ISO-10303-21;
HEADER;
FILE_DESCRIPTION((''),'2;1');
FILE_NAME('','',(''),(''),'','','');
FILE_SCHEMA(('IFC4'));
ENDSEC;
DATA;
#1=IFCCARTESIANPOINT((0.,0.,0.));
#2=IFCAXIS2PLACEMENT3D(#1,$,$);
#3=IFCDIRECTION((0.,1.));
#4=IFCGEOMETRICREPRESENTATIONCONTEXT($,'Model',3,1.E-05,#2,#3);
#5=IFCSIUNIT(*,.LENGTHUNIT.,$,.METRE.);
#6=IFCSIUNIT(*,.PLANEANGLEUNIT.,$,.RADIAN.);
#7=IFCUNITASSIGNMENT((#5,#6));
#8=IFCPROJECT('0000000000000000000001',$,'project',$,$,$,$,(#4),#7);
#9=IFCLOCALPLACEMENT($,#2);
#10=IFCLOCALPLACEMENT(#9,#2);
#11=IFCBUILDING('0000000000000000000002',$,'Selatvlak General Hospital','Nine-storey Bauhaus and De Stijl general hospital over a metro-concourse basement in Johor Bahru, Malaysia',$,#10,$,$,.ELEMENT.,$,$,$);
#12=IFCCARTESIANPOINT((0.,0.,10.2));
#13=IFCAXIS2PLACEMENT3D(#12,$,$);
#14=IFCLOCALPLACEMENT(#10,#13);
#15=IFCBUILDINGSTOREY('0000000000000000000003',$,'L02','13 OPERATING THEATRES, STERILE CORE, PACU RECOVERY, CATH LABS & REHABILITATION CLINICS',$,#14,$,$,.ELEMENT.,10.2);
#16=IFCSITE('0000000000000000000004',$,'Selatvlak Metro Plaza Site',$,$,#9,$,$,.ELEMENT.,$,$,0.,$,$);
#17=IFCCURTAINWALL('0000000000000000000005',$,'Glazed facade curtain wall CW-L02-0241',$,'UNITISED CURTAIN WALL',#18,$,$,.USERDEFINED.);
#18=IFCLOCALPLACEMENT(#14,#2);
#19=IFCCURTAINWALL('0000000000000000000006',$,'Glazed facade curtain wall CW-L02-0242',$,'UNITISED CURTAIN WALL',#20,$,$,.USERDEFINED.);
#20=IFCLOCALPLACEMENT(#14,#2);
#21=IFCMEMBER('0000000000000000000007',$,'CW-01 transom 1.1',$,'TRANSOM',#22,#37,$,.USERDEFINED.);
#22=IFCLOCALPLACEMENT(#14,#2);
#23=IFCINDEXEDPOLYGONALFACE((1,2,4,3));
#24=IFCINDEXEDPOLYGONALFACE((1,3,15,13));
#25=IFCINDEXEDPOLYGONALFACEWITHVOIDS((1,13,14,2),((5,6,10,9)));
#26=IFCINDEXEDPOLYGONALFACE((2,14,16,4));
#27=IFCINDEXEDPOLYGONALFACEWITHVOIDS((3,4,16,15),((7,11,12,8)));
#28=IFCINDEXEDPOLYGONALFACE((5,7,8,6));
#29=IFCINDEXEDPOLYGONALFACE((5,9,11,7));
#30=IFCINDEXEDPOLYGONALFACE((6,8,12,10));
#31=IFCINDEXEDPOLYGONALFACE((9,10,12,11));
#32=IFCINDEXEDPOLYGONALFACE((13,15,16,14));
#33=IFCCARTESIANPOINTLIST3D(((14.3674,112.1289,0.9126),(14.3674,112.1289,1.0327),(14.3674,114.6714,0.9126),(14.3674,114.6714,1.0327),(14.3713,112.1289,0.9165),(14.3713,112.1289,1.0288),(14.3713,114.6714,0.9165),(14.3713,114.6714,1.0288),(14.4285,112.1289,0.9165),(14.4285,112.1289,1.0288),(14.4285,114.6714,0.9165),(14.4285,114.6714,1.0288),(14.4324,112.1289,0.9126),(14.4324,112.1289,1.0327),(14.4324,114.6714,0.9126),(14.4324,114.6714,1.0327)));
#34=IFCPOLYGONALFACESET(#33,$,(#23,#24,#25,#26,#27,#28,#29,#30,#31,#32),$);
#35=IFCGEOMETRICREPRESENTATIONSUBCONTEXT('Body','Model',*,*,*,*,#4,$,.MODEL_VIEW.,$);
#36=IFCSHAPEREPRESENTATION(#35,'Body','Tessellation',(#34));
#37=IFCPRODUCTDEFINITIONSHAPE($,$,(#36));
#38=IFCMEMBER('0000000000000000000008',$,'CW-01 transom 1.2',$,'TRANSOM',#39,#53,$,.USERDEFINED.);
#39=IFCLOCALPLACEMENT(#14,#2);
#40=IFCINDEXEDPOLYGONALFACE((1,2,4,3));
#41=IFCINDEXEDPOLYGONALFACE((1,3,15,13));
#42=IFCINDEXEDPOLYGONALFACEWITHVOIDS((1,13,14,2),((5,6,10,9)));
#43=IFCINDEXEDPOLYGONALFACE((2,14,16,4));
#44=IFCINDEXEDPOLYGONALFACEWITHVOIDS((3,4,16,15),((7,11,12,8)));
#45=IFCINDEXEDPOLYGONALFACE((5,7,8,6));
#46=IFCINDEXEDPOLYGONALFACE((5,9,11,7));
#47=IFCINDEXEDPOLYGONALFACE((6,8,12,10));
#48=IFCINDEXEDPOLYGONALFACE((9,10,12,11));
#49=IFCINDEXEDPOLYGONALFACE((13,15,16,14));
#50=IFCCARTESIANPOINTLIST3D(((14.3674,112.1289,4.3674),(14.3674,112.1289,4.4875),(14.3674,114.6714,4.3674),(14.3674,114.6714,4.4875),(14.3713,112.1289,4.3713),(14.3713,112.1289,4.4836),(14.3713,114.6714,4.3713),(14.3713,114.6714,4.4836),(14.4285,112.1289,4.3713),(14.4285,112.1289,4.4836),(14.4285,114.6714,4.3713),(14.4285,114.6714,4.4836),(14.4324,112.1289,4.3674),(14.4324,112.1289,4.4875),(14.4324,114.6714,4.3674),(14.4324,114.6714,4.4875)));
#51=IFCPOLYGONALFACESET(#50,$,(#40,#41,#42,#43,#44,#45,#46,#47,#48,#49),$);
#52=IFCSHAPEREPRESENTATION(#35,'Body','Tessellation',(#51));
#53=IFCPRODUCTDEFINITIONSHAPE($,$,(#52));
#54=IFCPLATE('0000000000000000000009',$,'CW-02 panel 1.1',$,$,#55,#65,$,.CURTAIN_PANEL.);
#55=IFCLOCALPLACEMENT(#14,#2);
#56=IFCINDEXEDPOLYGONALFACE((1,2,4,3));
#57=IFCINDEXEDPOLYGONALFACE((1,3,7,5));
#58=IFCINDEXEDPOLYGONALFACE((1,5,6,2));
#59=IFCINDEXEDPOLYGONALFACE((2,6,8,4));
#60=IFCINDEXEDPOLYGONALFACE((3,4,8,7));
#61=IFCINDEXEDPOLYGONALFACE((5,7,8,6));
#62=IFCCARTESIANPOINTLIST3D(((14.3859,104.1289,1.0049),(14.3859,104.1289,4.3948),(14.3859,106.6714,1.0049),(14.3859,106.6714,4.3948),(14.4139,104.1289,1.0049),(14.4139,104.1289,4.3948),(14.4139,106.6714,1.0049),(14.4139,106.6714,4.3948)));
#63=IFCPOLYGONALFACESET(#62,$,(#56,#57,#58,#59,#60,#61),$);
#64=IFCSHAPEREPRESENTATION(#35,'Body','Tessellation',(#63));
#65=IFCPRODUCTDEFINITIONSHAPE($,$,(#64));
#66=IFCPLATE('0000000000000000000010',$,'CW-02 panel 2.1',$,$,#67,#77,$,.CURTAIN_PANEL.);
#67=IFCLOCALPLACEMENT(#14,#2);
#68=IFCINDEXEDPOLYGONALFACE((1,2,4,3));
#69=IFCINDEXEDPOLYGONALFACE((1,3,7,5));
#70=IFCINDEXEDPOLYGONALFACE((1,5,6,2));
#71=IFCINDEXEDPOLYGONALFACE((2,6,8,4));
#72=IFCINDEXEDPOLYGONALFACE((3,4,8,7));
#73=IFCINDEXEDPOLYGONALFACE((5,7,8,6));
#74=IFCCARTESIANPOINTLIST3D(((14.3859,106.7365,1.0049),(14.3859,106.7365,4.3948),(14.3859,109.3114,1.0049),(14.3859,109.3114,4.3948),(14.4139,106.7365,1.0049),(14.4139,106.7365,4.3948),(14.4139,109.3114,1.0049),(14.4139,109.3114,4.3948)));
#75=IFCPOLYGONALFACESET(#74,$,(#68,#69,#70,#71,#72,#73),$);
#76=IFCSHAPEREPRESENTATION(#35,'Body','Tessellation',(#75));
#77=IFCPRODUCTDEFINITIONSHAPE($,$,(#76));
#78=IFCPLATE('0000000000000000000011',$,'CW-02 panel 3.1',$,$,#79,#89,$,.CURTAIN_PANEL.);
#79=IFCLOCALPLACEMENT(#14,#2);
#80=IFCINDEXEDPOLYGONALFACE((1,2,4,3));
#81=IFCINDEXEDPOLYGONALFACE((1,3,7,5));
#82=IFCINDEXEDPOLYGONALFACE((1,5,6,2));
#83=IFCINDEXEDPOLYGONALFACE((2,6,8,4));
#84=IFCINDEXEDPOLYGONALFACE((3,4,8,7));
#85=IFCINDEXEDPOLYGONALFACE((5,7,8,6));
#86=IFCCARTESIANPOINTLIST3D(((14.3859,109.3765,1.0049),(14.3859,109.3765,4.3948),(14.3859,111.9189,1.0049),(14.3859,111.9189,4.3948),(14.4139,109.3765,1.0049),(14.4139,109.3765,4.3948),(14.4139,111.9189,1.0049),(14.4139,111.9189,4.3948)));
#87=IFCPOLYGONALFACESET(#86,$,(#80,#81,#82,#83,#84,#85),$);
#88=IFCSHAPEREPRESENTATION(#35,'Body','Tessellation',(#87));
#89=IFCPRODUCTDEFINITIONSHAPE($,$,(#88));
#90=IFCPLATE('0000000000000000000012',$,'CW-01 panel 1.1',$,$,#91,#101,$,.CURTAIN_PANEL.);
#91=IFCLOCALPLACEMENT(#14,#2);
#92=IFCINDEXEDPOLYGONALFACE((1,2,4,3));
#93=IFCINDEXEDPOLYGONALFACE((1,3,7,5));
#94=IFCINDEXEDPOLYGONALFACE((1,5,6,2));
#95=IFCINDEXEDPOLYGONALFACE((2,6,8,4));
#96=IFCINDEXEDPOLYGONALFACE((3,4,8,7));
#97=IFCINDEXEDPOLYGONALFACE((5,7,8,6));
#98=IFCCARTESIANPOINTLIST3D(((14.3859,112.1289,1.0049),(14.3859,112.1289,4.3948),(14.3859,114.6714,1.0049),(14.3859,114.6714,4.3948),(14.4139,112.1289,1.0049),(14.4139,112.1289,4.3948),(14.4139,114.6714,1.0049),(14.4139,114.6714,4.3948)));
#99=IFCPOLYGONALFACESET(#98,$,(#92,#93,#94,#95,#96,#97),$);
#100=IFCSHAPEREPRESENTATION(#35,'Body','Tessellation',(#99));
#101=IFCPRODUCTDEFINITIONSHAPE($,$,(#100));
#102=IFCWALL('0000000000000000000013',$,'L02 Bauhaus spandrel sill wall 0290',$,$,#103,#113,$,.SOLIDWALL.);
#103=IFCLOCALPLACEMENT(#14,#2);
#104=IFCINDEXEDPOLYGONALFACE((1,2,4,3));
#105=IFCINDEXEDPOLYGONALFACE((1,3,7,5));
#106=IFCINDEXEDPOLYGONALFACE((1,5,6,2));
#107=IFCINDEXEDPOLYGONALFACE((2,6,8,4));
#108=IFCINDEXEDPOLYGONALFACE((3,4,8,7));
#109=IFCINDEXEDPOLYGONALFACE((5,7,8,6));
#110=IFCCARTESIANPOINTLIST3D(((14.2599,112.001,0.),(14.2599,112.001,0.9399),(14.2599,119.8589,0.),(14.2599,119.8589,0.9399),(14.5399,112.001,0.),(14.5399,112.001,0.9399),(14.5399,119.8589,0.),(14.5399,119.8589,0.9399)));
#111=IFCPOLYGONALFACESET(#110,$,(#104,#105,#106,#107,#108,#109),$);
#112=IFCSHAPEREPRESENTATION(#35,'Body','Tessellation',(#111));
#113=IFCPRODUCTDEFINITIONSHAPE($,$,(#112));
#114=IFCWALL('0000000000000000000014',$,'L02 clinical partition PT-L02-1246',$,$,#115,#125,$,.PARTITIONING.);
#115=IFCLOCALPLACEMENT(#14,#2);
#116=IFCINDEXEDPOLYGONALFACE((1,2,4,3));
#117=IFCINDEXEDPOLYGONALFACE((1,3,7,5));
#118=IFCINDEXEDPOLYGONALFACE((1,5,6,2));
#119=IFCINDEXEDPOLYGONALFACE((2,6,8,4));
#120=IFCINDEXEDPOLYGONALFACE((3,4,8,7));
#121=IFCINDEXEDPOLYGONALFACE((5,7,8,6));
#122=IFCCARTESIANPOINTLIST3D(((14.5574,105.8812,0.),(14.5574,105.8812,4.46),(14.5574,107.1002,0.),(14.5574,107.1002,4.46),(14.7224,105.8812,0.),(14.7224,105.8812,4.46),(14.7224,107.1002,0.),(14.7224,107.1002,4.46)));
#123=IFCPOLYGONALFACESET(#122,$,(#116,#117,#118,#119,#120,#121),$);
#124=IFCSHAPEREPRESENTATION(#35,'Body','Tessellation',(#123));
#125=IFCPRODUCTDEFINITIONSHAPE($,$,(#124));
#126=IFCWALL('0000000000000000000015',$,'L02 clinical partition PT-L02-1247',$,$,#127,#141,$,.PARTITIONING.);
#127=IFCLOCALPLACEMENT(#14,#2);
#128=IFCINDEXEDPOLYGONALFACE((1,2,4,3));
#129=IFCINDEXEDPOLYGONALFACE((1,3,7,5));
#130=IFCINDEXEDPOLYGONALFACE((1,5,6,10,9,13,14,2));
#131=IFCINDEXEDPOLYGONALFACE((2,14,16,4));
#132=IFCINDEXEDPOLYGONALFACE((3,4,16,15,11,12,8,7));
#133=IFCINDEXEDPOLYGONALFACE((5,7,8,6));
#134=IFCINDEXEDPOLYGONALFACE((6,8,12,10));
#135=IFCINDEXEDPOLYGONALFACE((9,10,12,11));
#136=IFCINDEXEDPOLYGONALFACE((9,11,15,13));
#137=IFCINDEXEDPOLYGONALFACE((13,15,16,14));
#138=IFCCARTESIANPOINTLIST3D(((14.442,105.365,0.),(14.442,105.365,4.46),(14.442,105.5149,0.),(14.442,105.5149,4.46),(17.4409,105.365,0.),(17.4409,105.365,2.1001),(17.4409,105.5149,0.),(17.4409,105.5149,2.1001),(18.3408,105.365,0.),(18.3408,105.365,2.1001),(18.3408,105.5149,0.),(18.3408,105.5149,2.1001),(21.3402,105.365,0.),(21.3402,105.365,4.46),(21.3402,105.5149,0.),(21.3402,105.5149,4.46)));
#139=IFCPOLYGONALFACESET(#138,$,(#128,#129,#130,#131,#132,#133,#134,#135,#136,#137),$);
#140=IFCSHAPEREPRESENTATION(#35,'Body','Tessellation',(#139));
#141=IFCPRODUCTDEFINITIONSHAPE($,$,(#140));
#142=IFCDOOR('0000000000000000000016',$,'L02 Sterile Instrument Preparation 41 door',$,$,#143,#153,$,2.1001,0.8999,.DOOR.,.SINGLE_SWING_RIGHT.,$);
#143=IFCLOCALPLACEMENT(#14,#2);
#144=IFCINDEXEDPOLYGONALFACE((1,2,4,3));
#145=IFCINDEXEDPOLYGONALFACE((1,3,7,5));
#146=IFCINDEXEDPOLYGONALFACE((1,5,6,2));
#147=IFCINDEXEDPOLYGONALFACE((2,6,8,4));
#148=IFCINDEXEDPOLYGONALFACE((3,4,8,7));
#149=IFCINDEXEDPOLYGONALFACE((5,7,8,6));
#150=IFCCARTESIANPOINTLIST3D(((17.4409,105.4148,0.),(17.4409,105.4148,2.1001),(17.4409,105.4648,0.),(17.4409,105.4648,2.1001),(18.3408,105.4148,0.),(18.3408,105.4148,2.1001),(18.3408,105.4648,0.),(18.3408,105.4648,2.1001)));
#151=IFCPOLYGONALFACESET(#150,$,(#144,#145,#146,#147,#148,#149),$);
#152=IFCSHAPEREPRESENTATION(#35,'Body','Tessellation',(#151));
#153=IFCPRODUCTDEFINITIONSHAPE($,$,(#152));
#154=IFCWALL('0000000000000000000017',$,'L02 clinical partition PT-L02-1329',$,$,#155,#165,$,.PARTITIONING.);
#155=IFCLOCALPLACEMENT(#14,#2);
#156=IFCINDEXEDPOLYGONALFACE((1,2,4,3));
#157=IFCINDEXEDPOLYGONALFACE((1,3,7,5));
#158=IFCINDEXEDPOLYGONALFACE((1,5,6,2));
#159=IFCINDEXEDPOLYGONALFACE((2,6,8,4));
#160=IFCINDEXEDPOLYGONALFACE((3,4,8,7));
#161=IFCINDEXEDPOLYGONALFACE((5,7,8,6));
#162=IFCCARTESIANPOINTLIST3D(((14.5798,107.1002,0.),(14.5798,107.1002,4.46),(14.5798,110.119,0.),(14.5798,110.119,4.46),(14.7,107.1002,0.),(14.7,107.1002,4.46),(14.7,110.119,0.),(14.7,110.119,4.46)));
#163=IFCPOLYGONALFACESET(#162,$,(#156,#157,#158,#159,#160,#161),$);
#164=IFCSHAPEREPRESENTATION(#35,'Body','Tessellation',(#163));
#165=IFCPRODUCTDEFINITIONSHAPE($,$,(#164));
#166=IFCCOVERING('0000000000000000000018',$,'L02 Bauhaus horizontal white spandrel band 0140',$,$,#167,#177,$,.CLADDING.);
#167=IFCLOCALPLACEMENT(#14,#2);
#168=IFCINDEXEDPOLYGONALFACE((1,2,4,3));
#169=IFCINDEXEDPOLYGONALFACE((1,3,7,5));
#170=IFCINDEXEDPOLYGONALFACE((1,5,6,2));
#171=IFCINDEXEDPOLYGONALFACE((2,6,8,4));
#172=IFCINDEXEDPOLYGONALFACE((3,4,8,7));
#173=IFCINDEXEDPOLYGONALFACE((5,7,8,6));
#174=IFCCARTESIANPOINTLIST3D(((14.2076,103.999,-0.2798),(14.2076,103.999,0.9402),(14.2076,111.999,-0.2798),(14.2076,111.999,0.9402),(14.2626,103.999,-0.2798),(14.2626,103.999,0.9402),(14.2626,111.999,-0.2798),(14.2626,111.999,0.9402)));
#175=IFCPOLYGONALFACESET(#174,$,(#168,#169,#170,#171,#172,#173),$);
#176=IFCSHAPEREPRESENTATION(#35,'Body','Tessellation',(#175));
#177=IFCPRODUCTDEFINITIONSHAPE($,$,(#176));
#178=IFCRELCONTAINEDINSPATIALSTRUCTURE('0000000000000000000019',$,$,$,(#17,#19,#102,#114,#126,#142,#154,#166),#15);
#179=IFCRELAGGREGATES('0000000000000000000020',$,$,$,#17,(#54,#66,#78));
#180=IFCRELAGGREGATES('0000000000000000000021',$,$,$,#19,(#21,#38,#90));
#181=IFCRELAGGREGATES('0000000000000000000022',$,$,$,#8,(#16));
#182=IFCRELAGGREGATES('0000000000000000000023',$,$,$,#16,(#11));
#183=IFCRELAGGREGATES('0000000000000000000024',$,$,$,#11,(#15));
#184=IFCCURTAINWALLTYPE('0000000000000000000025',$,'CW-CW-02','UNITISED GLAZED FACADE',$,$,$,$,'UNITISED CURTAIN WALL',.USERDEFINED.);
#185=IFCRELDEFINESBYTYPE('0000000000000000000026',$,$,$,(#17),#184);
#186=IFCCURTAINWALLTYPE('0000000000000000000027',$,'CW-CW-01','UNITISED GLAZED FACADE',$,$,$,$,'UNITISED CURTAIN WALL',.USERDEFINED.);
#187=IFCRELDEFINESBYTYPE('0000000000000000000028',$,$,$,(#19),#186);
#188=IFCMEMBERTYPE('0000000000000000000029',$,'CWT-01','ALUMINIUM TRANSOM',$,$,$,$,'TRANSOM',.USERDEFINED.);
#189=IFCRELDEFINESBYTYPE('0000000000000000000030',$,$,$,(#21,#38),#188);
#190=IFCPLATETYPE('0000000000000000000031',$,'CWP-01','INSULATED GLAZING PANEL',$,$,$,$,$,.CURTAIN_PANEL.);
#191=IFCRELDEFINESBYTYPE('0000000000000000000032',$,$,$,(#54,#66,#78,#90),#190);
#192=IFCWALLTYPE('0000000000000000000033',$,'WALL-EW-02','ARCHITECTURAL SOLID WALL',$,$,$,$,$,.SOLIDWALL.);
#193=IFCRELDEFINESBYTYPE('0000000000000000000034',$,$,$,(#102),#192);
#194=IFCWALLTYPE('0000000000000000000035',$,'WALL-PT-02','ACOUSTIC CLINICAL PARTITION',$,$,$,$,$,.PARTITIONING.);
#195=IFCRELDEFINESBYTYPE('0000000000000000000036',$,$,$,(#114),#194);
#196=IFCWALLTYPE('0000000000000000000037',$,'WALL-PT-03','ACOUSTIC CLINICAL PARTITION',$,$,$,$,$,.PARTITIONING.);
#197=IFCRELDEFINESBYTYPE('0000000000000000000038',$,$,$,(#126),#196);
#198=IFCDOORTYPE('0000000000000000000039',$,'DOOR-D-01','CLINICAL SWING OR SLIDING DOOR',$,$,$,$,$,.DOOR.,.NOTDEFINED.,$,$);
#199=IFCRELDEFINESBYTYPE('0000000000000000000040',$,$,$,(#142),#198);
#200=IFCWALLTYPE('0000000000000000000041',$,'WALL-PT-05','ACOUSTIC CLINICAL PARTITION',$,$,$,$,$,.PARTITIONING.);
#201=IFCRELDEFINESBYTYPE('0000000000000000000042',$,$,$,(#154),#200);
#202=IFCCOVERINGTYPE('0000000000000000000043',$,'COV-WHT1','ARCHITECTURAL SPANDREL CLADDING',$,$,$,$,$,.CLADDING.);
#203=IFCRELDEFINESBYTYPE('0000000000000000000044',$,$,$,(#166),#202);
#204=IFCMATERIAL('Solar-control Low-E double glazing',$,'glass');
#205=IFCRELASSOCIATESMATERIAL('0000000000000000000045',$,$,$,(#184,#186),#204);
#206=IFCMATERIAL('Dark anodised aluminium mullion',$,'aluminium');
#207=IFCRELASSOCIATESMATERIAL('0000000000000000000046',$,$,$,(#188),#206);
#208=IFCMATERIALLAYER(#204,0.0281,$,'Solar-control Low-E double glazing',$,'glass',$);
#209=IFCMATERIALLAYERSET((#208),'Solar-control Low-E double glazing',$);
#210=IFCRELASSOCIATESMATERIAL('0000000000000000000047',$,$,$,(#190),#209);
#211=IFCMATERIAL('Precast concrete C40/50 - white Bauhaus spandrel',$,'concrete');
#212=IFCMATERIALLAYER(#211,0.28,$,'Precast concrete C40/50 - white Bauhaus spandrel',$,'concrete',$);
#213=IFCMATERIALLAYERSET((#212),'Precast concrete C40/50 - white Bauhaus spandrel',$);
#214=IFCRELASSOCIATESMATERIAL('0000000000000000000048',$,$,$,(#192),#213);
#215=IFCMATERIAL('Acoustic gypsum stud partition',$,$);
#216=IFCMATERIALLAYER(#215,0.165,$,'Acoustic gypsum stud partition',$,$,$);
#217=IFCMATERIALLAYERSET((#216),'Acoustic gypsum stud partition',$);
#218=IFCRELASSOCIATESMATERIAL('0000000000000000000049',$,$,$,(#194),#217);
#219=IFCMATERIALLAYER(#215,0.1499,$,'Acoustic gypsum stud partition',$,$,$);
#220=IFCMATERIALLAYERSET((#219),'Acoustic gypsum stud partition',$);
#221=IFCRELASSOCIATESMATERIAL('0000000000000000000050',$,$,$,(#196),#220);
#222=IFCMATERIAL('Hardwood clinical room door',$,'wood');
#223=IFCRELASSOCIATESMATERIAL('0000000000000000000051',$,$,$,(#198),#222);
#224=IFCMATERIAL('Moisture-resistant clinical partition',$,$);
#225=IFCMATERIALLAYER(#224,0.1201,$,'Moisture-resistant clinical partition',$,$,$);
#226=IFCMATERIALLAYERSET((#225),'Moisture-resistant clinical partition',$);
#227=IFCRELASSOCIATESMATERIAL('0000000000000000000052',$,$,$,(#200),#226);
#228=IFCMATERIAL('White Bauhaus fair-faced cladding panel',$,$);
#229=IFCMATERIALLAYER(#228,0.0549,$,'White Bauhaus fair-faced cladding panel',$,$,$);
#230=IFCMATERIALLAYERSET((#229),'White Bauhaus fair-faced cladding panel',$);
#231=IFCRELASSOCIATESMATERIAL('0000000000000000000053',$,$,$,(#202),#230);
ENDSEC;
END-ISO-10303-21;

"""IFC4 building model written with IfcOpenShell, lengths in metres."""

from ifc_helpers import new_model, si_unit, direction, frame, frame_2d, origin, origin_2d, place, context, subcontext, project, spatial, rectangle, hollow_rectangle, extrude, material, layer, layer_set, material_profile, profile_set, type_object, element, fill, aggregate, save


model = new_model("IFC4")

# Units and contexts
model_context = context("Model", 3, precision=1e-05, world=origin(), true_north=direction((0.0, 1.0)))
body_context = subcontext(model_context, "Body", "Model", "MODEL_VIEW")
ifc_project = project(units=[si_unit("LENGTHUNIT", "METRE"), si_unit("PLANEANGLEUNIT", "RADIAN")], contexts=[model_context])

# Site, building, storey
site_placement = place(None, origin())
site = spatial("IfcSite", under=ifc_project, at=site_placement, Name="Selatvlak Metro Plaza Site", CompositionType="ELEMENT", RefElevation=0.0)
building_placement = place(site_placement, origin())
building = spatial("IfcBuilding", under=site, at=building_placement, Name="Selatvlak General Hospital", Description="Nine-storey Bauhaus and De Stijl general hospital over a metro-concourse basement in Johor Bahru, Malaysia", CompositionType="ELEMENT")
storey_placement = place(building_placement, frame((0.0, 0.0, 10.2)))
storey = spatial("IfcBuildingStorey", under=building, at=storey_placement, Name="L02", Description="13 OPERATING THEATRES, STERILE CORE, PACU RECOVERY, CATH LABS & REHABILITATION CLINICS", CompositionType="ELEMENT", Elevation=10.2)

# Curtain walls
ifc_material_1 = material(Name="Solar-control Low-E double glazing", Category="glass")
curtain_wall_type_1 = type_object("IfcCurtainWallType", Name="CW-CW-02", Description="UNITISED GLAZED FACADE", ElementType="UNITISED CURTAIN WALL", PredefinedType="USERDEFINED", material=ifc_material_1)
curtain_wall_1_placement = place(storey_placement, origin())
curtain_wall_1 = element("IfcCurtainWall", 1, at=curtain_wall_1_placement, inside=storey, type_object=curtain_wall_type_1, Name="Glazed facade curtain wall CW-L02-0241", ObjectType="UNITISED CURTAIN WALL", PredefinedType="USERDEFINED")
ifc_material_2 = material(Name="Dark anodised aluminium mullion", Category="aluminium")
curtain_wall_type_2 = type_object("IfcCurtainWallType", Name="CW-CW-01", Description="UNITISED GLAZED FACADE", ElementType="UNITISED CURTAIN WALL", PredefinedType="USERDEFINED", material=ifc_material_1)
curtain_wall_2_placement = place(storey_placement, origin())
curtain_wall_2 = element("IfcCurtainWall", 2, at=curtain_wall_2_placement, inside=storey, type_object=curtain_wall_type_2, Name="Glazed facade curtain wall CW-L02-0242", ObjectType="UNITISED CURTAIN WALL", PredefinedType="USERDEFINED")

# Members
ifc_material_profile_1 = material_profile(ifc_material_2, hollow_rectangle(XDim=0.0649, YDim=0.1201, WallThickness=0.0039, at=origin_2d()), Name="AL-TRN 65x120x4")
ifc_profile_set_1 = profile_set([ifc_material_profile_1], Name="Dark anodised aluminium mullion")
member_type_1 = type_object("IfcMemberType", Name="CWT-01", Description="ALUMINIUM TRANSOM", ElementType="TRANSOM", PredefinedType="USERDEFINED", material=ifc_profile_set_1)
member_1_placement = place(storey_placement, frame((14.3999, 112.1289, 0.9727), z_axis=(0.0, 1.0, 0.0), x_axis=(-1.0, 0.0, 0.0)))
member_1 = element("IfcMember", 3, at=member_1_placement, type_object=member_type_1, Name="CW-01 transom 1.1", ObjectType="TRANSOM", PredefinedType="USERDEFINED", context=body_context, shape_type="SweptSolid", body=[
    extrude(hollow_rectangle(XDim=0.0649, YDim=0.1201, WallThickness=0.0039, at=origin_2d()), origin(), (0.0, 0.0, 1.0), 2.5425),
])
member_2_placement = place(storey_placement, frame((14.3999, 112.1289, 4.4275), z_axis=(0.0, 1.0, 0.0), x_axis=(-1.0, 0.0, 0.0)))
member_2 = element("IfcMember", 4, at=member_2_placement, type_object=member_type_1, Name="CW-01 transom 1.2", ObjectType="TRANSOM", PredefinedType="USERDEFINED", context=body_context, shape_type="SweptSolid", body=[
    extrude(hollow_rectangle(XDim=0.0649, YDim=0.1201, WallThickness=0.0039, at=origin_2d()), origin(), (0.0, 0.0, 1.0), 2.5425),
])

# Plates
ifc_layer_1 = layer(ifc_material_1, 0.0281, Name="Solar-control Low-E double glazing", Category="glass")
ifc_layer_set_1 = layer_set([ifc_layer_1], Name="Solar-control Low-E double glazing")
plate_type = type_object("IfcPlateType", Name="CWP-01", Description="INSULATED GLAZING PANEL", PredefinedType="CURTAIN_PANEL", material=ifc_layer_set_1)
plate_1_placement = place(storey_placement, frame((14.3999, 105.4001, 1.0049), z_axis=(0.0, 0.0, 1.0), x_axis=(0.0, 1.0, 0.0)))
plate_1 = element("IfcPlate", 5, at=plate_1_placement, type_object=plate_type, Name="CW-02 panel 1.1", PredefinedType="CURTAIN_PANEL", context=body_context, shape_type="SweptSolid", body=[
    extrude(rectangle(XDim=2.5425, YDim=0.0281, at=origin_2d()), origin(), (0.0, 0.0, 1.0), 3.3899),
])
plate_2_placement = place(storey_placement, frame((14.3999, 108.0239, 1.0049), z_axis=(0.0, 0.0, 1.0), x_axis=(0.0, 1.0, 0.0)))
plate_2 = element("IfcPlate", 6, at=plate_2_placement, type_object=plate_type, Name="CW-02 panel 2.1", PredefinedType="CURTAIN_PANEL", context=body_context, shape_type="SweptSolid", body=[
    extrude(rectangle(XDim=2.575, YDim=0.0281, at=origin_2d()), origin(), (0.0, 0.0, 1.0), 3.3899),
])
plate_3_placement = place(storey_placement, frame((14.3999, 110.6477, 1.0049), z_axis=(0.0, 0.0, 1.0), x_axis=(0.0, 1.0, 0.0)))
plate_3 = element("IfcPlate", 7, at=plate_3_placement, type_object=plate_type, Name="CW-02 panel 3.1", PredefinedType="CURTAIN_PANEL", context=body_context, shape_type="SweptSolid", body=[
    extrude(rectangle(XDim=2.5425, YDim=0.0281, at=origin_2d()), origin(), (0.0, 0.0, 1.0), 3.3899),
])
aggregate(curtain_wall_1, [plate_1, plate_2, plate_3])
plate_4_placement = place(storey_placement, frame((14.3999, 113.4001, 1.0049), z_axis=(0.0, 0.0, 1.0), x_axis=(0.0, 1.0, 0.0)))
plate_4 = element("IfcPlate", 8, at=plate_4_placement, type_object=plate_type, Name="CW-01 panel 1.1", PredefinedType="CURTAIN_PANEL", context=body_context, shape_type="SweptSolid", body=[
    extrude(rectangle(XDim=2.5425, YDim=0.0281, at=origin_2d()), origin(), (0.0, 0.0, 1.0), 3.3899),
])
aggregate(curtain_wall_2, [member_1, member_2, plate_4])

# Walls
ifc_material_3 = material(Name="Precast concrete C40/50 - white Bauhaus spandrel", Category="concrete")
ifc_layer_2 = layer(ifc_material_3, 0.28, Name="Precast concrete C40/50 - white Bauhaus spandrel", Category="concrete")
ifc_layer_set_2 = layer_set([ifc_layer_2], Name="Precast concrete C40/50 - white Bauhaus spandrel")
wall_type_1 = type_object("IfcWallType", Name="WALL-EW-02", Description="ARCHITECTURAL SOLID WALL", PredefinedType="SOLIDWALL", material=ifc_layer_set_2)
wall_1_placement = place(storey_placement, frame((14.3999, 112.001, 0.0), z_axis=(0.0, 0.0, 1.0), x_axis=(0.0, 1.0, 0.0)))
element("IfcWall", 9, at=wall_1_placement, inside=storey, type_object=wall_type_1, Name="L02 Bauhaus spandrel sill wall 0290", PredefinedType="SOLIDWALL", context=body_context, shape_type="SweptSolid", body=[
    extrude(rectangle(XDim=7.8579, YDim=0.28, at=frame_2d((3.929, 0.0))), origin(), (0.0, 0.0, 1.0), 0.9399),
])
ifc_material_4 = material(Name="Acoustic gypsum stud partition")
ifc_layer_3 = layer(ifc_material_4, 0.165, Name="Acoustic gypsum stud partition")
ifc_layer_set_3 = layer_set([ifc_layer_3], Name="Acoustic gypsum stud partition")
wall_type_2 = type_object("IfcWallType", Name="WALL-PT-02", Description="ACOUSTIC CLINICAL PARTITION", PredefinedType="PARTITIONING", material=ifc_layer_set_3)
wall_2_placement = place(storey_placement, frame((14.6399, 107.1001, 0.0), z_axis=(0.0, 0.0, 1.0), x_axis=(0.0, -1.0, 0.0)))
element("IfcWall", 10, at=wall_2_placement, inside=storey, type_object=wall_type_2, Name="L02 clinical partition PT-L02-1246", PredefinedType="PARTITIONING", context=body_context, shape_type="SweptSolid", body=[
    extrude(rectangle(XDim=1.219, YDim=0.165, at=frame_2d((0.6094, 0.0))), origin(), (0.0, 0.0, 1.0), 4.46),
])

# Wall, opening, door
ifc_layer_4 = layer(ifc_material_4, 0.1499, Name="Acoustic gypsum stud partition")
ifc_layer_set_4 = layer_set([ifc_layer_4], Name="Acoustic gypsum stud partition")
wall_type_3 = type_object("IfcWallType", Name="WALL-PT-03", Description="ACOUSTIC CLINICAL PARTITION", PredefinedType="PARTITIONING", material=ifc_layer_set_4)
wall_3_placement = place(storey_placement, frame((14.4419, 105.4399, 0.0), z_axis=(0.0, 0.0, 1.0), x_axis=(1.0, 0.0, 0.0)))
wall_3 = element("IfcWall", 11, at=wall_3_placement, inside=storey, type_object=wall_type_3, Name="L02 clinical partition PT-L02-1247", PredefinedType="PARTITIONING", context=body_context, shape_type="SweptSolid", body=[
    extrude(rectangle(XDim=6.8982, YDim=0.1499, at=frame_2d((3.4492, 0.0))), origin(), (0.0, 0.0, 1.0), 4.46),
])
opening_1_placement = place(wall_3_placement, frame((2.999, 0.0, 0.0)))
opening_1 = element("IfcOpeningElement", 12, at=opening_1_placement, cuts=wall_3, PredefinedType="OPENING", context=body_context, shape_type="SweptSolid", body=[
    extrude(rectangle(XDim=0.8999, YDim=2.1001, at=frame_2d((0.45, 1.05))), frame((0.0, 0.085, 0.0), z_axis=(0.0, -1.0, 0.0), x_axis=(1.0, 0.0, 0.0)), (0.0, 0.0, 1.0), 0.1699),
])
ifc_material_5 = material(Name="Hardwood clinical room door", Category="wood")
door_type_1 = type_object("IfcDoorType", Name="DOOR-D-01", Description="CLINICAL SWING OR SLIDING DOOR", OperationType="NOTDEFINED", PredefinedType="DOOR", material=ifc_material_5)
door_1_placement = place(opening_1_placement, origin())
door_1 = element("IfcDoor", 13, at=door_1_placement, inside=storey, type_object=door_type_1, Name="L02 Sterile Instrument Preparation 41 door", OperationType="SINGLE_SWING_RIGHT", OverallHeight=2.1001, OverallWidth=0.8999, PredefinedType="DOOR", context=body_context, shape_type="SweptSolid", body=[
    extrude(rectangle(XDim=0.8999, YDim=2.1001, at=frame_2d((0.45, 1.05))), frame((0.0, 0.0249, 0.0), z_axis=(0.0, -1.0, 0.0), x_axis=(1.0, 0.0, 0.0)), (0.0, 0.0, 1.0), 0.05),
])
fill(opening_1, door_1)
ifc_material_6 = material(Name="Moisture-resistant clinical partition")

# Wall
ifc_layer_5 = layer(ifc_material_6, 0.1201, Name="Moisture-resistant clinical partition")
ifc_layer_set_5 = layer_set([ifc_layer_5], Name="Moisture-resistant clinical partition")
wall_type_4 = type_object("IfcWallType", Name="WALL-PT-05", Description="ACOUSTIC CLINICAL PARTITION", PredefinedType="PARTITIONING", material=ifc_layer_set_5)
wall_4_placement = place(storey_placement, frame((14.6399, 110.1189, 0.0), z_axis=(0.0, 0.0, 1.0), x_axis=(0.0, -1.0, 0.0)))
element("IfcWall", 14, at=wall_4_placement, inside=storey, type_object=wall_type_4, Name="L02 clinical partition PT-L02-1329", PredefinedType="PARTITIONING", context=body_context, shape_type="SweptSolid", body=[
    extrude(rectangle(XDim=3.0188, YDim=0.1201, at=frame_2d((1.5093, 0.0))), origin(), (0.0, 0.0, 1.0), 4.46),
])

# Covering
ifc_material_7 = material(Name="White Bauhaus fair-faced cladding panel")
ifc_layer_6 = layer(ifc_material_7, 0.0549, Name="White Bauhaus fair-faced cladding panel")
ifc_layer_set_6 = layer_set([ifc_layer_6], Name="White Bauhaus fair-faced cladding panel")
covering_type = type_object("IfcCoveringType", Name="COV-WHT1", Description="ARCHITECTURAL SPANDREL CLADDING", PredefinedType="CLADDING", material=ifc_layer_set_6)
covering_placement = place(storey_placement, frame((14.2351, 107.999, -0.2798), z_axis=(0.0, 0.0, 1.0), x_axis=(0.0, 1.0, 0.0)))
element("IfcCovering", 15, at=covering_placement, inside=storey, type_object=covering_type, Name="L02 Bauhaus horizontal white spandrel band 0140", PredefinedType="CLADDING", context=body_context, shape_type="SweptSolid", body=[
    extrude(rectangle(XDim=8.0, YDim=0.0549, at=origin_2d()), origin(), (0.0, 0.0, 1.0), 1.22),
])

save(model, "model.ifc")
